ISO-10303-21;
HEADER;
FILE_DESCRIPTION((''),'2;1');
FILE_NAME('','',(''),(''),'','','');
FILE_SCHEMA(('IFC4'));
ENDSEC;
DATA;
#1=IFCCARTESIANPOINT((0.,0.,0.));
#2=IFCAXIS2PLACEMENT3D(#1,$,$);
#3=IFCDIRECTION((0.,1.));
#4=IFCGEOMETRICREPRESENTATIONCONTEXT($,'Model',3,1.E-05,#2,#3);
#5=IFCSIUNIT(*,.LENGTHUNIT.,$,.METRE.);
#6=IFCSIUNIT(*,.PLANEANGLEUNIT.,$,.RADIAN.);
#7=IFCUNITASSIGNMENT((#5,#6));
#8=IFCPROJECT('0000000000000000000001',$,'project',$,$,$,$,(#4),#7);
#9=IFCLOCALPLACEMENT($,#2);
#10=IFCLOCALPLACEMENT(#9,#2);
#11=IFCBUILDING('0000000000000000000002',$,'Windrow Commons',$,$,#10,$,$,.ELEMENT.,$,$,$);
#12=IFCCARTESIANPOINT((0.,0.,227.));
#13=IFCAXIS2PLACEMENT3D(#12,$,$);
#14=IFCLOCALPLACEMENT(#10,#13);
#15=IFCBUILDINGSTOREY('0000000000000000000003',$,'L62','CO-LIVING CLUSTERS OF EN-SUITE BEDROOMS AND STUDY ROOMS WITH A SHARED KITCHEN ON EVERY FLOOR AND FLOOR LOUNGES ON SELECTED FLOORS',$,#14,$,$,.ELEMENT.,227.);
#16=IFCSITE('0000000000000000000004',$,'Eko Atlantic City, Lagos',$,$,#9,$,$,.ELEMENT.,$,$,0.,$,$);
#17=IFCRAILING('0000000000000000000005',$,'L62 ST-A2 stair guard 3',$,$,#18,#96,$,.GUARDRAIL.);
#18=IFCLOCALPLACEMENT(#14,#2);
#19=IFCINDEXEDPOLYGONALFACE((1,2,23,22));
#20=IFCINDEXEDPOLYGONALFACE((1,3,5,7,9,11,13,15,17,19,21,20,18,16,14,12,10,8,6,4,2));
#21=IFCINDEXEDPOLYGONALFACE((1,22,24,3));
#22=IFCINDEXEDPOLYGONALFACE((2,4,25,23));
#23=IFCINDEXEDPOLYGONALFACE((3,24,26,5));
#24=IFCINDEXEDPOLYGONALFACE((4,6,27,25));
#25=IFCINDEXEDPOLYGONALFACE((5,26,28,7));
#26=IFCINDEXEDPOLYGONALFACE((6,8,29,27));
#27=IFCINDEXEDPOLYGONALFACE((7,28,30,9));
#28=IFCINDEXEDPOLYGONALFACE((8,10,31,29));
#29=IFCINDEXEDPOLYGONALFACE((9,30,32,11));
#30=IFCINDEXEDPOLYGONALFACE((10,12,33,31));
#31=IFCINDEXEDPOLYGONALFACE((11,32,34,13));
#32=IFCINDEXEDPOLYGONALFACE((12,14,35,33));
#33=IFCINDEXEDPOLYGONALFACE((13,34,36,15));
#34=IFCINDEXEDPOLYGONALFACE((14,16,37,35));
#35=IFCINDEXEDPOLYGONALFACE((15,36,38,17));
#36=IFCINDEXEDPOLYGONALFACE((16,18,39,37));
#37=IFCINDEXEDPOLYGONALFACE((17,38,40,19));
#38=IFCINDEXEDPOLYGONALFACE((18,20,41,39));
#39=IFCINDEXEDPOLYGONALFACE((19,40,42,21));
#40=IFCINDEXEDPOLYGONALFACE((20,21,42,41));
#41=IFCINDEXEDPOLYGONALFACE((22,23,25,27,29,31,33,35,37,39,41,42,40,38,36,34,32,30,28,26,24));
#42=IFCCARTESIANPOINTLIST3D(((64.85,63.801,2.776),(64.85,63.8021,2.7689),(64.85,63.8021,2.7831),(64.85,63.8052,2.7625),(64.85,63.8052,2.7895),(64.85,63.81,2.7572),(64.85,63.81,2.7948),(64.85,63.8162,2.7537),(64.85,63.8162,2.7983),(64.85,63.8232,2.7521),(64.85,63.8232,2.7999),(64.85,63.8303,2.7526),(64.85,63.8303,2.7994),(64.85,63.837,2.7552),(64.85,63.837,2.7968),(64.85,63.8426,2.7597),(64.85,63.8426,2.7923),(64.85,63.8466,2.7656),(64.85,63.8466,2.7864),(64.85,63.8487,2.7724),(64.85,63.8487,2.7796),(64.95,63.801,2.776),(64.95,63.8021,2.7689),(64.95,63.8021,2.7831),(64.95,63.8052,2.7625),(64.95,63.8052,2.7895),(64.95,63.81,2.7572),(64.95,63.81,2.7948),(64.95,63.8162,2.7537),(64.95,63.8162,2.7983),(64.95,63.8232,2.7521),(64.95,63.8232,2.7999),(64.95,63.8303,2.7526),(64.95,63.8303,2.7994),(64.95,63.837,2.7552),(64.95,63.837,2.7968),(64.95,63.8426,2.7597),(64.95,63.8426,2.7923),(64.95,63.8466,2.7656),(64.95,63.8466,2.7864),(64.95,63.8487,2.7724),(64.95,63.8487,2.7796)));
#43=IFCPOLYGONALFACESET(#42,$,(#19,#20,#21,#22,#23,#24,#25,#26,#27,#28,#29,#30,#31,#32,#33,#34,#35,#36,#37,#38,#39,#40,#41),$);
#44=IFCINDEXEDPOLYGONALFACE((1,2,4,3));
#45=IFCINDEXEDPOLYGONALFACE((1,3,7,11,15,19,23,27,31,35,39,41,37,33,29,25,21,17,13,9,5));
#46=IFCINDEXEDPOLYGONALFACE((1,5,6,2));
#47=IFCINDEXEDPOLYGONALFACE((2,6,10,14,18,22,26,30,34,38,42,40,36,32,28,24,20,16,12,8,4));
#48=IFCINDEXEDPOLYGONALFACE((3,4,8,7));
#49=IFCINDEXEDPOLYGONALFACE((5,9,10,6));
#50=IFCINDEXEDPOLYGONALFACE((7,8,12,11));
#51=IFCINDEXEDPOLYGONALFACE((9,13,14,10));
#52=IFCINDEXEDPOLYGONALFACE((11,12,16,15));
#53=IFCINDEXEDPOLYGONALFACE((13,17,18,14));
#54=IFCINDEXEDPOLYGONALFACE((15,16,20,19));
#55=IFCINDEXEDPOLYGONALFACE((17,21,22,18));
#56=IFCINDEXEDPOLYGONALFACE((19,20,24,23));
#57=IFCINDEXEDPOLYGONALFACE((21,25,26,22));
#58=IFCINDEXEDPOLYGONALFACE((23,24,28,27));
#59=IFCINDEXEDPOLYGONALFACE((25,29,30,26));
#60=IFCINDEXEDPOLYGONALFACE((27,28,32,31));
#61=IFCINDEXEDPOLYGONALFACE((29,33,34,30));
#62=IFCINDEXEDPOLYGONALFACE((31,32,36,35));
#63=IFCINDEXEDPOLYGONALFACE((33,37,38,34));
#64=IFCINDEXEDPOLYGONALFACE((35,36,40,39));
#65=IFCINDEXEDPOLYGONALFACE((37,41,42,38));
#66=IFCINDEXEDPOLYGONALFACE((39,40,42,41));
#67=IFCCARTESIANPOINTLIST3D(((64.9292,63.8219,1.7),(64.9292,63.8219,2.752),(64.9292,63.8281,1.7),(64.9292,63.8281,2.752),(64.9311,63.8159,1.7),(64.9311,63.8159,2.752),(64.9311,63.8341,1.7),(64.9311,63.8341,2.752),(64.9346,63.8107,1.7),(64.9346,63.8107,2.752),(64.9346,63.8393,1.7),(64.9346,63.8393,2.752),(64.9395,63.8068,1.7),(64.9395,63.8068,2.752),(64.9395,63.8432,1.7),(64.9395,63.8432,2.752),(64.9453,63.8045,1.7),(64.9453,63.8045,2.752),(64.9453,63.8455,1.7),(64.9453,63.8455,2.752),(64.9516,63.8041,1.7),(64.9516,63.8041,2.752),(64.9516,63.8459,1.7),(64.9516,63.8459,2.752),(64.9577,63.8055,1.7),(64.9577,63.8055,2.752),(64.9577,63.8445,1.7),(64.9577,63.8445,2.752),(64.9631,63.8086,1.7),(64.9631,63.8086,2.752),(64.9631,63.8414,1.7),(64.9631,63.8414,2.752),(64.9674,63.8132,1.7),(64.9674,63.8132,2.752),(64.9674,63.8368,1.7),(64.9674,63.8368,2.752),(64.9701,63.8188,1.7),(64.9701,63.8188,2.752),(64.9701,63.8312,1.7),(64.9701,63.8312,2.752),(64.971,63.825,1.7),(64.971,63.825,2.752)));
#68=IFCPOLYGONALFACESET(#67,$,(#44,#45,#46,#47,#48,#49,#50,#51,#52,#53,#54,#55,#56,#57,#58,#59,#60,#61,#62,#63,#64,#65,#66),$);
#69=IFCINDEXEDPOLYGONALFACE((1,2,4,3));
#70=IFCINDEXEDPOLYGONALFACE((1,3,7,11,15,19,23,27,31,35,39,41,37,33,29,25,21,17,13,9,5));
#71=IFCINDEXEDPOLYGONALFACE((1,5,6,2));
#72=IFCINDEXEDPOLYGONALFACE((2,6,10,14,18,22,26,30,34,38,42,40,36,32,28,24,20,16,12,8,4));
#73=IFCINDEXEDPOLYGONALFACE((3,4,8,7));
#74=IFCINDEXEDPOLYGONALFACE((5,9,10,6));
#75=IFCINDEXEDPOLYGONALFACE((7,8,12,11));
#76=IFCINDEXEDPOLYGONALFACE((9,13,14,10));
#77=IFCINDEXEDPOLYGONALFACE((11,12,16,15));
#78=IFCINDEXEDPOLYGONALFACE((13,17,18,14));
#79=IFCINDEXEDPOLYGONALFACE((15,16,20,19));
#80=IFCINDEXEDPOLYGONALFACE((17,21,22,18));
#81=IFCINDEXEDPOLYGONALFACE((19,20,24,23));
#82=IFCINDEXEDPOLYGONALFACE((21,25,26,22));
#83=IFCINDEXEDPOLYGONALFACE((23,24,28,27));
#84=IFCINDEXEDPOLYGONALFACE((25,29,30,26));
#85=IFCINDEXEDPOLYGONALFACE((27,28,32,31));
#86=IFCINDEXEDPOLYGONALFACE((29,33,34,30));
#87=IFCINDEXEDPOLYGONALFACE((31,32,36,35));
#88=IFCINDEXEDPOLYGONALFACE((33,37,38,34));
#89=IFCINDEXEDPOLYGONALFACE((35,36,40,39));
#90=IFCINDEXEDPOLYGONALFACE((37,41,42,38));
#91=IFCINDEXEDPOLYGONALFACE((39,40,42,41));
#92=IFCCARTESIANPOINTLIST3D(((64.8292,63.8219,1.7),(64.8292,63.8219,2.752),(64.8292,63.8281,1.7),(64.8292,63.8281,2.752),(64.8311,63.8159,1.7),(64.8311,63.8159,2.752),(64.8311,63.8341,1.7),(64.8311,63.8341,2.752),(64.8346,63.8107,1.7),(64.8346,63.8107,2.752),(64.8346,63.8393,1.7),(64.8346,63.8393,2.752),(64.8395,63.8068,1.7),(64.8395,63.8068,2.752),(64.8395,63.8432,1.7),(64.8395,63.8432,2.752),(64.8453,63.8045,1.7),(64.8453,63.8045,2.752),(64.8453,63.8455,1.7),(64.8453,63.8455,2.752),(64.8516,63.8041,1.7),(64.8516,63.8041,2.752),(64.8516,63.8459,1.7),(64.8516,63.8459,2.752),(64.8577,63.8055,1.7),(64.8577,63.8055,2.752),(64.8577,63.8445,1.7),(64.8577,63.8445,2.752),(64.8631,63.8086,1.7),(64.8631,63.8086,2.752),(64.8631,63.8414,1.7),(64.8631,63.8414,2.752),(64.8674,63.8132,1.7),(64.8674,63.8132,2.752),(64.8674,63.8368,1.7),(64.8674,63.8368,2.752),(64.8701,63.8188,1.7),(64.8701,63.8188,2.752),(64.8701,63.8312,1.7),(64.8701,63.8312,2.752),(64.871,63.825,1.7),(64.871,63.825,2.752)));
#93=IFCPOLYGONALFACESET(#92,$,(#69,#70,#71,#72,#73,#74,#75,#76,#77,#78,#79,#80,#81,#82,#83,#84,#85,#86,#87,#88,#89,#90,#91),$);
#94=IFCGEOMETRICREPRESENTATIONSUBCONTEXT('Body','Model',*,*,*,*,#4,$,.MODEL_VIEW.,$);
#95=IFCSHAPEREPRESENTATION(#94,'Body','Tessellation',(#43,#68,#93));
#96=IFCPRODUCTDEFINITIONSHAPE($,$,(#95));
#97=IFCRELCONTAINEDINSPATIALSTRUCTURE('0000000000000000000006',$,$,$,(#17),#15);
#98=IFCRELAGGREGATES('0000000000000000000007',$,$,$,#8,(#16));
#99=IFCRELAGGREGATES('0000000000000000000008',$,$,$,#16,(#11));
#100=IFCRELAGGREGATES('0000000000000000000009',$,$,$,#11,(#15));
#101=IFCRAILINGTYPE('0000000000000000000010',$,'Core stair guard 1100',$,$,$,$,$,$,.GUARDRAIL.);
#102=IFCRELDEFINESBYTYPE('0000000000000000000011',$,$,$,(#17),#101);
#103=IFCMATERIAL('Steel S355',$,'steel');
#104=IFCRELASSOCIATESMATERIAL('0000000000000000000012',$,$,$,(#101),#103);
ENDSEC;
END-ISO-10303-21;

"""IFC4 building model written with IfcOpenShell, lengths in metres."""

from ifc_helpers import new_model, si_unit, direction, frame, origin, origin_2d, place, context, subcontext, project, spatial, circle, extrude, material, type_object, element, save


model = new_model("IFC4")

# Units and contexts
model_context = context("Model", 3, precision=1e-05, world=origin(), true_north=direction((0.0, 1.0)))
body_context = subcontext(model_context, "Body", "Model", "MODEL_VIEW")
ifc_project = project(units=[si_unit("LENGTHUNIT", "METRE"), si_unit("PLANEANGLEUNIT", "RADIAN")], contexts=[model_context])

# Site, building, storey
site_placement = place(None, origin())
site = spatial("IfcSite", under=ifc_project, at=site_placement, Name="Eko Atlantic City, Lagos", CompositionType="ELEMENT", RefElevation=0.0)
building_placement = place(site_placement, origin())
building = spatial("IfcBuilding", under=site, at=building_placement, Name="Windrow Commons", CompositionType="ELEMENT")
storey_placement = place(building_placement, frame((0.0, 0.0, 227.0)))
storey = spatial("IfcBuildingStorey", under=building, at=storey_placement, Name="L62", Description="CO-LIVING CLUSTERS OF EN-SUITE BEDROOMS AND STUDY ROOMS WITH A SHARED KITCHEN ON EVERY FLOOR AND FLOOR LOUNGES ON SELECTED FLOORS", CompositionType="ELEMENT", Elevation=227.0)

# Railing
ifc_material_1 = material(Name="Steel S355", Category="steel")
railing_type_1 = type_object("IfcRailingType", Name="Core stair guard 1100", PredefinedType="GUARDRAIL", material=ifc_material_1)
railing_1_placement = place(storey_placement, frame((64.95, 63.825, 1.7)))
element("IfcRailing", 1, at=railing_1_placement, inside=storey, type_object=railing_type_1, Name="L62 ST-A2 stair guard 3", PredefinedType="GUARDRAIL", context=body_context, shape_type="SweptSolid", body=[
    extrude(circle(Radius=0.024, at=origin_2d()), frame((0.0, 0.0, 1.076), z_axis=(-1.0, 0.0, 0.0), x_axis=(0.0, -1.0, 0.0)), (0.0, 0.0, 1.0), 0.1),
    extrude(circle(Radius=0.021, at=origin_2d()), origin(), (0.0, 0.0, 1.0), 1.052),
    extrude(circle(Radius=0.021, at=origin_2d()), frame((-0.1, 0.0, 0.0)), (0.0, 0.0, 1.0), 1.052),
])

save(model, "model.ifc")
